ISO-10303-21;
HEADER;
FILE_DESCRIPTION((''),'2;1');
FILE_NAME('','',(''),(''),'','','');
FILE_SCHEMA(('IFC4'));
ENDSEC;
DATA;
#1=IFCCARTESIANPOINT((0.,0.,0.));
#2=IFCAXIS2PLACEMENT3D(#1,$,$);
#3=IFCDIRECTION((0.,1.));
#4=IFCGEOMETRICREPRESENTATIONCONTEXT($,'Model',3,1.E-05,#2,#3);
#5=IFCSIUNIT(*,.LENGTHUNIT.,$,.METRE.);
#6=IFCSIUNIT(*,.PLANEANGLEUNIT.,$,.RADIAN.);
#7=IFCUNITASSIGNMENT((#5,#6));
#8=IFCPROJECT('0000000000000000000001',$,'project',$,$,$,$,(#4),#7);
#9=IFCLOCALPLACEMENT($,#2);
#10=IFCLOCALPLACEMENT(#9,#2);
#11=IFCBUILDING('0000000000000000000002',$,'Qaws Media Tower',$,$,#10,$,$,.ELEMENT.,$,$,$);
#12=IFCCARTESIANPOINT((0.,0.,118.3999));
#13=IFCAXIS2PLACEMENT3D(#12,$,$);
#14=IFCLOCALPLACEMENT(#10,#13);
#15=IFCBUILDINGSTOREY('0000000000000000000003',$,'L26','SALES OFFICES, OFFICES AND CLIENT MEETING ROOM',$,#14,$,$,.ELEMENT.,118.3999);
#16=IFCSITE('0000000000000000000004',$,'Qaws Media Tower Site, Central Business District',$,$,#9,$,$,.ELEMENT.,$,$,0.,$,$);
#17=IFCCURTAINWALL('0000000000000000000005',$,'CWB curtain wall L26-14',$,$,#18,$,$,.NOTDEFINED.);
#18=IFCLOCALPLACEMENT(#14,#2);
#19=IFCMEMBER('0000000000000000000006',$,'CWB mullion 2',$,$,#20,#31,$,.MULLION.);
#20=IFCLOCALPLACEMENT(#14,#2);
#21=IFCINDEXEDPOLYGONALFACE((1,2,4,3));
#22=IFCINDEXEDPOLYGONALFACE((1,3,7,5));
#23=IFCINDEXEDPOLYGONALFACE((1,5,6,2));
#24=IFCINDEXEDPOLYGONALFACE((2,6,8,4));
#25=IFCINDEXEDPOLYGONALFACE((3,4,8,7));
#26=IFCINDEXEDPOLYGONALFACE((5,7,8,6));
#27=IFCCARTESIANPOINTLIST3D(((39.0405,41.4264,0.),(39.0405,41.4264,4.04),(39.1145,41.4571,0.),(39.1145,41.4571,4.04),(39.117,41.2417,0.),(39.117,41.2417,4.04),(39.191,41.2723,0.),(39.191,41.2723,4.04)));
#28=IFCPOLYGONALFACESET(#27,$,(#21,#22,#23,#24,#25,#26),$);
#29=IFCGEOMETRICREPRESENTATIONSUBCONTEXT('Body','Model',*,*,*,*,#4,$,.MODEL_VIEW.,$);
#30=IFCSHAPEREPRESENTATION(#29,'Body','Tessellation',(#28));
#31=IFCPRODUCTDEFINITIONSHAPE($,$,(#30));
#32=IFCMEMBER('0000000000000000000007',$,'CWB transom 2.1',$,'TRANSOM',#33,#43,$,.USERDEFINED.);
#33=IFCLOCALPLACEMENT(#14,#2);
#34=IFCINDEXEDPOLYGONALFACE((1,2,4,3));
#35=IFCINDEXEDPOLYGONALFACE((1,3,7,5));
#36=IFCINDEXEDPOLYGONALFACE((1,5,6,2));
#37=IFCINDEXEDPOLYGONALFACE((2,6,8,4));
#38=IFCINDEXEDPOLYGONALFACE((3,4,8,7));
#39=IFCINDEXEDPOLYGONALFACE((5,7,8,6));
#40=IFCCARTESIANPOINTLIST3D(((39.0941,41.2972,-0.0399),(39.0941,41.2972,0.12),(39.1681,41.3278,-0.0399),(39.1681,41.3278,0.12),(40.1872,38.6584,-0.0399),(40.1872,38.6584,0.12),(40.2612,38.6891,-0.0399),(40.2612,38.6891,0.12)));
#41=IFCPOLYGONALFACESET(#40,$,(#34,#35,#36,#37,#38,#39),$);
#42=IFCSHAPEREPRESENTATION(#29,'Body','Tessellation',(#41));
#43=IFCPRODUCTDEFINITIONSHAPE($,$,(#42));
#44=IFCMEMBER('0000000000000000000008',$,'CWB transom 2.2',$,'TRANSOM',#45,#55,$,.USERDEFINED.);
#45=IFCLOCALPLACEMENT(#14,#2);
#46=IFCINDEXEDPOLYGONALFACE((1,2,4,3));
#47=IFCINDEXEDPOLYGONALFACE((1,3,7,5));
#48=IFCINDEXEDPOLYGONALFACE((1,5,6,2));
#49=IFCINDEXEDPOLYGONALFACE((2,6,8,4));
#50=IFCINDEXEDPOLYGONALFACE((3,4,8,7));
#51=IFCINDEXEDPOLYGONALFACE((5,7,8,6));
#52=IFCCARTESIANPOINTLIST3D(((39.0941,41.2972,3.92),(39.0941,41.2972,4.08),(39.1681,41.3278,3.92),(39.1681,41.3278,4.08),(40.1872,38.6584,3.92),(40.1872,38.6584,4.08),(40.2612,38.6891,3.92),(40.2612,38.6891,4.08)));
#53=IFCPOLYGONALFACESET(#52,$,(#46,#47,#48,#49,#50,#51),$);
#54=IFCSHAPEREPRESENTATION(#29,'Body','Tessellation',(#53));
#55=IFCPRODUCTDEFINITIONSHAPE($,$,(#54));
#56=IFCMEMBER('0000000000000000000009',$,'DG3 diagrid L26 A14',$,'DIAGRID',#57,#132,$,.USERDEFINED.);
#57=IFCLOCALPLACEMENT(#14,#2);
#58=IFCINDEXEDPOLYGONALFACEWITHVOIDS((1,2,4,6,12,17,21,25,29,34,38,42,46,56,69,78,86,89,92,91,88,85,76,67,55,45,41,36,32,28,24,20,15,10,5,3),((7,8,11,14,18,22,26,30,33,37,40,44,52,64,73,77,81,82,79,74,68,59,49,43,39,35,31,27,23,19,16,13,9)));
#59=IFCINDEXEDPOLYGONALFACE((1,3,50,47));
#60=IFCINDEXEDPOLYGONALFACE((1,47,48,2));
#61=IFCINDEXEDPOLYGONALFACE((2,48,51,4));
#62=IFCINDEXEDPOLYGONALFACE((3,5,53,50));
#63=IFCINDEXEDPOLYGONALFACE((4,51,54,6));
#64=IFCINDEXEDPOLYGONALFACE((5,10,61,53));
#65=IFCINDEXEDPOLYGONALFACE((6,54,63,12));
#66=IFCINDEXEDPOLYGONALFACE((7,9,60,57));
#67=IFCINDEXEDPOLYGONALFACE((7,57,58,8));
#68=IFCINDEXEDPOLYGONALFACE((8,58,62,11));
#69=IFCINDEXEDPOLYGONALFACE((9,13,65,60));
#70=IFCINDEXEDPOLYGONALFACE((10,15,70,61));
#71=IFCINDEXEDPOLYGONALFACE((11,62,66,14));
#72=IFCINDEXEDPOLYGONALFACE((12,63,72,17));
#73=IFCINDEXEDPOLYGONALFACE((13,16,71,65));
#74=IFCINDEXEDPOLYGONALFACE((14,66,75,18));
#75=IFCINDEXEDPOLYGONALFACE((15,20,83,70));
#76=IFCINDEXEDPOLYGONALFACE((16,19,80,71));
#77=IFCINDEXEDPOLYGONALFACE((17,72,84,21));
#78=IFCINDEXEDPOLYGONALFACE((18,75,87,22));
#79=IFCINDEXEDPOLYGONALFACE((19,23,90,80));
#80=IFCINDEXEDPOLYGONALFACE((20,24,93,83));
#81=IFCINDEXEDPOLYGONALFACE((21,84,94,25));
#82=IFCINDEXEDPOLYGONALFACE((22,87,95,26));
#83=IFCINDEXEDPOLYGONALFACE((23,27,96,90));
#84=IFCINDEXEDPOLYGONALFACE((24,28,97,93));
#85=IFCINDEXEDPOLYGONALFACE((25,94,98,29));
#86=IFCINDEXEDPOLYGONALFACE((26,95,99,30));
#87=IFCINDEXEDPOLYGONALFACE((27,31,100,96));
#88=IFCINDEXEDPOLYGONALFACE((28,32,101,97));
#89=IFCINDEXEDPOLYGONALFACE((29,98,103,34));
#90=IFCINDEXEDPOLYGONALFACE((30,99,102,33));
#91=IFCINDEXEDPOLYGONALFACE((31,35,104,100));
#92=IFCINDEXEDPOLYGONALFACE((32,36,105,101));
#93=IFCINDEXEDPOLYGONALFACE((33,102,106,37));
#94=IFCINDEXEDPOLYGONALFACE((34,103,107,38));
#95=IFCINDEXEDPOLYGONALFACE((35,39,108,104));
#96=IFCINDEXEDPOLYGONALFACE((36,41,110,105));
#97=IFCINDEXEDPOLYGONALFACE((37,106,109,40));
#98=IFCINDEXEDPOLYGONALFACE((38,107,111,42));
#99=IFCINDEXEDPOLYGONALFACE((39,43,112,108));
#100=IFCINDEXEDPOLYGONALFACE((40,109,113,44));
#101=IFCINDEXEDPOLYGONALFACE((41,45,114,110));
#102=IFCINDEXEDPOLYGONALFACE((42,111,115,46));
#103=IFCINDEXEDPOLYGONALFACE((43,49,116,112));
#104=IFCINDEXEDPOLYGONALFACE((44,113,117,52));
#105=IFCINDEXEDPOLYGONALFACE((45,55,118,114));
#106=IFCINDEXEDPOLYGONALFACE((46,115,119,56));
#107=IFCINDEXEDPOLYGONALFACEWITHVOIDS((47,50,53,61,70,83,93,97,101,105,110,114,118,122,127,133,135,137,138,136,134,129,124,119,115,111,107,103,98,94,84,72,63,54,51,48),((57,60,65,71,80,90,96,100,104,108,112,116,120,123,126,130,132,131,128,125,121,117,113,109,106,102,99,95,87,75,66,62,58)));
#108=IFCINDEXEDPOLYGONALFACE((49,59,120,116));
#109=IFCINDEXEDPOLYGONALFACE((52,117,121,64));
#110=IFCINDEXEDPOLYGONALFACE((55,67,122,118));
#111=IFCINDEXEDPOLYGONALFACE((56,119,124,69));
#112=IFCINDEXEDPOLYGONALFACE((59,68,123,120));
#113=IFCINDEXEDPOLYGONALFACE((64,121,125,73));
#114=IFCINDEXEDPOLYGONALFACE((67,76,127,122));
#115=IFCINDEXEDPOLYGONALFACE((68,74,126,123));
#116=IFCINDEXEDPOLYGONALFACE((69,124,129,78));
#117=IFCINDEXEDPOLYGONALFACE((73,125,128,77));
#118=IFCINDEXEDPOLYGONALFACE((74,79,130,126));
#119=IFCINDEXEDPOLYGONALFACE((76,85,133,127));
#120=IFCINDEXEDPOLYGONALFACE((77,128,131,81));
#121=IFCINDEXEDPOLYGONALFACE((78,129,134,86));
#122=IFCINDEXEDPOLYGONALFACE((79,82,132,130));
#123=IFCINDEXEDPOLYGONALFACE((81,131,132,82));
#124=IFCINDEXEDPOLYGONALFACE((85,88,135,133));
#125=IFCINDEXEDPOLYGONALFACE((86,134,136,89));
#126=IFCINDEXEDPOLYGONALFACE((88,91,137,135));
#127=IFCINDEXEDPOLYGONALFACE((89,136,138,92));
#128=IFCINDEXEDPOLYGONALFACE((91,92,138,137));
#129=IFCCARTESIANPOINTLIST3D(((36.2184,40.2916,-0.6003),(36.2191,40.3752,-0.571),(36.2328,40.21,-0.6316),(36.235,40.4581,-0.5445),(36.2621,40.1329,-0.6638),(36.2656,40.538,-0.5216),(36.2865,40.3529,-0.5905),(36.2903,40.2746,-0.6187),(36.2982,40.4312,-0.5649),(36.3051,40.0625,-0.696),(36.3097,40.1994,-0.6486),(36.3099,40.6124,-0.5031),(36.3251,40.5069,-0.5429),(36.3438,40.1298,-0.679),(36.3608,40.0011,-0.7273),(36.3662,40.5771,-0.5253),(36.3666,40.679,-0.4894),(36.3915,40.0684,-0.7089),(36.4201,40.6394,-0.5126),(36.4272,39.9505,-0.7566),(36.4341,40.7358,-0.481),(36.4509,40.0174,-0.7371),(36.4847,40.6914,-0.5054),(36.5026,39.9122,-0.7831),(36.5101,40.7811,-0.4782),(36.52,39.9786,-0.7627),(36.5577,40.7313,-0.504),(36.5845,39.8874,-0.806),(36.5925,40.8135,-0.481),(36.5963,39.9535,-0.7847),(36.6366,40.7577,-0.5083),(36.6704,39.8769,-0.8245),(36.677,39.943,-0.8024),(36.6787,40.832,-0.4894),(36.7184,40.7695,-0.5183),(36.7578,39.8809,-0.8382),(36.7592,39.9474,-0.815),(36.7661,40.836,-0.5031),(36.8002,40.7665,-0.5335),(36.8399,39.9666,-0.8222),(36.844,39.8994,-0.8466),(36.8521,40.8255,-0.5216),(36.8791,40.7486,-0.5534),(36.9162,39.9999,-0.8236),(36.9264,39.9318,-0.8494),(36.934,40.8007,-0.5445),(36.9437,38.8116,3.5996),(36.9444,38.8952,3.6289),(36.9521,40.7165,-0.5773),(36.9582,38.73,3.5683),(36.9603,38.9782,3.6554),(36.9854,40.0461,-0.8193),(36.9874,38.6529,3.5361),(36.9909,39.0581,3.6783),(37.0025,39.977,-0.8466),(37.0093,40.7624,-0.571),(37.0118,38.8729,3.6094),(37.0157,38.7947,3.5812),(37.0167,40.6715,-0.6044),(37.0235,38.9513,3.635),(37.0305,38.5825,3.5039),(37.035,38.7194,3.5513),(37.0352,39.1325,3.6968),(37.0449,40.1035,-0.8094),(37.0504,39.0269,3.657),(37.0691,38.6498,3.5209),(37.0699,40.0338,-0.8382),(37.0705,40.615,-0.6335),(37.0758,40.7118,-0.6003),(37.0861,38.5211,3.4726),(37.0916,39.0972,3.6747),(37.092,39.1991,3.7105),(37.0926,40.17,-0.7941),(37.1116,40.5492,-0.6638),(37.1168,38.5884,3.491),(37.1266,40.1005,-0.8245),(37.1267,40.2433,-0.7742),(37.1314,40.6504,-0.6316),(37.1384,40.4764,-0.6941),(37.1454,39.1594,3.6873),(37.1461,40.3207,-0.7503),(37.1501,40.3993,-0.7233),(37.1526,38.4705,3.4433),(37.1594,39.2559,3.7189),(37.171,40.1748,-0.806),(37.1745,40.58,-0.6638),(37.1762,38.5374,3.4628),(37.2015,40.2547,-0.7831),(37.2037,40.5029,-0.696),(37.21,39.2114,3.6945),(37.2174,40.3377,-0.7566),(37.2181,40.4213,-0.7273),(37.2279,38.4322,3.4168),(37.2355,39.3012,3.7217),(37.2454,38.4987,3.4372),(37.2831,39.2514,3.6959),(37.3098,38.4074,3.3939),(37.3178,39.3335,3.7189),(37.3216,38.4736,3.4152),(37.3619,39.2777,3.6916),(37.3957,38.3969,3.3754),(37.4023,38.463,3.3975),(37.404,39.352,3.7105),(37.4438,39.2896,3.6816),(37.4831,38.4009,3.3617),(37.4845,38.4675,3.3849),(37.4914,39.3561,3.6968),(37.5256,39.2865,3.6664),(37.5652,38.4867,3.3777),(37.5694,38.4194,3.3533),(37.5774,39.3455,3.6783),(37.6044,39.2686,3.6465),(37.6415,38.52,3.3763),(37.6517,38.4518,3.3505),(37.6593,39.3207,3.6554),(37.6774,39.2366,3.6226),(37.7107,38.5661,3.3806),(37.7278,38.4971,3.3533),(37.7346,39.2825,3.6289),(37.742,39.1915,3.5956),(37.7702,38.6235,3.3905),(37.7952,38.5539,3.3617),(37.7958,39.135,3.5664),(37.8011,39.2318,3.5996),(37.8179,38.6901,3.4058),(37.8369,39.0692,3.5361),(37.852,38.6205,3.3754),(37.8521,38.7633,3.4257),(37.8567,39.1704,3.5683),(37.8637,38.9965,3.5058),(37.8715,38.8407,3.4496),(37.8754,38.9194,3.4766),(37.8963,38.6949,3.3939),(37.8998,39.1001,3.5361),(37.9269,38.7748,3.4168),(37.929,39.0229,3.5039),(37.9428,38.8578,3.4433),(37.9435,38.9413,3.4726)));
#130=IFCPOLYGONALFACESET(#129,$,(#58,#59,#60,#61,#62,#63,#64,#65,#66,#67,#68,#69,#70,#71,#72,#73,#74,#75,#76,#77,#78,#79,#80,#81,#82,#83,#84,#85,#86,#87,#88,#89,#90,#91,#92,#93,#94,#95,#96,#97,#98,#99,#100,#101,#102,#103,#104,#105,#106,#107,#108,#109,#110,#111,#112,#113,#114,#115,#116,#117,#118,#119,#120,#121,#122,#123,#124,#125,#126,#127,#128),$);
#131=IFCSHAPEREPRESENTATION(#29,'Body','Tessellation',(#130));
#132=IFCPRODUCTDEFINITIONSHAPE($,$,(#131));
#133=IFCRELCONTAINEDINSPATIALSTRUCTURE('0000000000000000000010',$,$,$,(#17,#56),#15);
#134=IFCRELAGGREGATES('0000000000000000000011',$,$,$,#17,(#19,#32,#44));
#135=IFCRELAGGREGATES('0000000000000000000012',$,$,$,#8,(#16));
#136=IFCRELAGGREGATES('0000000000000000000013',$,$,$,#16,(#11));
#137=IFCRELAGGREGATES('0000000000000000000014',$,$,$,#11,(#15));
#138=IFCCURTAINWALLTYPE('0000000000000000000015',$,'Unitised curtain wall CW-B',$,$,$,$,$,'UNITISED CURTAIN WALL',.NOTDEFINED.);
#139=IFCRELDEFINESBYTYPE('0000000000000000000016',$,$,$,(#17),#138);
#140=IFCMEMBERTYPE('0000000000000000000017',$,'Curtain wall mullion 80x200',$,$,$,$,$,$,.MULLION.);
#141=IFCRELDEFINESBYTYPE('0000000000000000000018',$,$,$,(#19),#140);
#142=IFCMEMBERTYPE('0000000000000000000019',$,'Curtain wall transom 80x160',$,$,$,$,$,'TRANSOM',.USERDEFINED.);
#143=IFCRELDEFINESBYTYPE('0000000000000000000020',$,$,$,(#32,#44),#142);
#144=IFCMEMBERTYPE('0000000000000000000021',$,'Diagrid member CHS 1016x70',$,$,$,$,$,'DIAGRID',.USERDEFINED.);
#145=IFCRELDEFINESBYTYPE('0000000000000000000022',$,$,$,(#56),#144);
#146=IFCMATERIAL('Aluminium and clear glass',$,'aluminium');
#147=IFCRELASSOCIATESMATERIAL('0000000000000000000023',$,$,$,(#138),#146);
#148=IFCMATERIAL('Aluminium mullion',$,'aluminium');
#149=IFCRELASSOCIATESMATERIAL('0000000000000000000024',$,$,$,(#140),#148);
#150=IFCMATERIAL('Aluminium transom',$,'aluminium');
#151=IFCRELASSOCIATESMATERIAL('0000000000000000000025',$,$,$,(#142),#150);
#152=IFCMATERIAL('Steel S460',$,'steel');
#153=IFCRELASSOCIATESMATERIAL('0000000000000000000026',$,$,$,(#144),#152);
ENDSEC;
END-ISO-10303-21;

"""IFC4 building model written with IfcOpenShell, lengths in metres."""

from ifc_helpers import new_model, si_unit, direction, frame, origin, origin_2d, place, context, subcontext, project, spatial, rectangle, hollow_circle, extrude, material, material_profile, profile_set, type_object, element, aggregate, save


model = new_model("IFC4")

# Units and contexts
model_context = context("Model", 3, precision=1e-05, world=origin(), true_north=direction((0.0, 1.0)))
body_context = subcontext(model_context, "Body", "Model", "MODEL_VIEW")
ifc_project = project(units=[si_unit("LENGTHUNIT", "METRE"), si_unit("PLANEANGLEUNIT", "RADIAN")], contexts=[model_context])

# Site, building, storey
site_placement = place(None, origin())
site = spatial("IfcSite", under=ifc_project, at=site_placement, Name="Qaws Media Tower Site, Central Business District", CompositionType="ELEMENT", RefElevation=0.0)
building_placement = place(site_placement, origin())
building = spatial("IfcBuilding", under=site, at=building_placement, Name="Qaws Media Tower", CompositionType="ELEMENT")
storey_placement = place(building_placement, frame((0.0, 0.0, 118.3999)))
storey = spatial("IfcBuildingStorey", under=building, at=storey_placement, Name="L26", Description="SALES OFFICES, OFFICES AND CLIENT MEETING ROOM", CompositionType="ELEMENT", Elevation=118.3999)

# Curtain wall, members
ifc_material_1 = material(Name="Aluminium and clear glass", Category="aluminium")
curtain_wall_type = type_object("IfcCurtainWallType", Name="Unitised curtain wall CW-B", ElementType="UNITISED CURTAIN WALL", PredefinedType="NOTDEFINED", material=ifc_material_1)
curtain_wall_placement = place(storey_placement, origin())
curtain_wall = element("IfcCurtainWall", 1, at=curtain_wall_placement, inside=storey, type_object=curtain_wall_type, Name="CWB curtain wall L26-14", PredefinedType="NOTDEFINED")
ifc_material_2 = material(Name="Aluminium mullion", Category="aluminium")
ifc_material_profile_1 = material_profile(ifc_material_2, rectangle(XDim=0.0801, YDim=0.2, at=origin_2d()), Name="80x200")
ifc_profile_set_1 = profile_set([ifc_material_profile_1], Name="Aluminium mullion")
member_type_1 = type_object("IfcMemberType", Name="Curtain wall mullion 80x200", PredefinedType="MULLION", material=ifc_profile_set_1)
member_1_placement = place(storey_placement, frame((39.1157, 41.3494, 0.0), z_axis=(0.0, 0.0, 1.0), x_axis=(0.92388, 0.382683, 0.0)))
member_1 = element("IfcMember", 2, at=member_1_placement, type_object=member_type_1, Name="CWB mullion 2", PredefinedType="MULLION", context=body_context, shape_type="SweptSolid", body=[
    extrude(rectangle(XDim=0.0801, YDim=0.2, at=origin_2d()), origin(), (0.0, 0.0, 1.0), 4.04),
])
ifc_material_3 = material(Name="Aluminium transom", Category="aluminium")
ifc_material_profile_2 = material_profile(ifc_material_3, rectangle(XDim=0.0801, YDim=0.1599, at=origin_2d()), Name="80x160")
ifc_profile_set_2 = profile_set([ifc_material_profile_2], Name="Aluminium transom")
member_type_2 = type_object("IfcMemberType", Name="Curtain wall transom 80x160", ElementType="TRANSOM", PredefinedType="USERDEFINED", material=ifc_profile_set_2)
member_2_placement = place(storey_placement, frame((39.1311, 41.3125, 0.04), z_axis=(0.382697, -0.923874, 0.0), x_axis=(0.923874, 0.382697, 0.0)))
member_2 = element("IfcMember", 3, at=member_2_placement, type_object=member_type_2, Name="CWB transom 2.1", ObjectType="TRANSOM", PredefinedType="USERDEFINED", context=body_context, shape_type="SweptSolid", body=[
    extrude(rectangle(XDim=0.0801, YDim=0.1599, at=origin_2d()), origin(), (0.0, 0.0, 1.0), 2.8562),
])
member_3_placement = place(storey_placement, frame((39.1311, 41.3125, 4.0), z_axis=(0.382697, -0.923874, 0.0), x_axis=(0.923874, 0.382697, 0.0)))
member_3 = element("IfcMember", 4, at=member_3_placement, type_object=member_type_2, Name="CWB transom 2.2", ObjectType="TRANSOM", PredefinedType="USERDEFINED", context=body_context, shape_type="SweptSolid", body=[
    extrude(rectangle(XDim=0.0801, YDim=0.1599, at=origin_2d()), origin(), (0.0, 0.0, 1.0), 2.8562),
])

# Member
ifc_material_4 = material(Name="Steel S460", Category="steel")
ifc_material_profile_3 = material_profile(ifc_material_4, hollow_circle(Radius=0.5081, WallThickness=0.0701, at=origin_2d()), Name="CHS 1016x70")
ifc_profile_set_3 = profile_set([ifc_material_profile_3], Name="Steel S460")
member_type_3 = type_object("IfcMemberType", Name="Diagrid member CHS 1016x70", ElementType="DIAGRID", PredefinedType="USERDEFINED", material=ifc_profile_set_3)
for number, where, z_axis, x_axis, name in (
    (5, (36.7183, 40.3564, -0.6638), (0.160767, -0.328027, 0.930888), (0.897954, 0.440089, 0.0), "DG3 diagrid L26 A14"),
):
    element("IfcMember", number, at=place(storey_placement, frame(where, z_axis=z_axis, x_axis=x_axis)), inside=storey, type_object=member_type_3, Name=name, ObjectType="DIAGRID", PredefinedType="USERDEFINED", context=body_context, shape_type="SweptSolid", body=[
        extrude(hollow_circle(Radius=0.5081, WallThickness=0.0701, at=origin_2d()), origin(), (0.0, 0.0, 1.0), 4.5117),
    ])

aggregate(curtain_wall, [member_1, member_2, member_3])

save(model, "model.ifc")
